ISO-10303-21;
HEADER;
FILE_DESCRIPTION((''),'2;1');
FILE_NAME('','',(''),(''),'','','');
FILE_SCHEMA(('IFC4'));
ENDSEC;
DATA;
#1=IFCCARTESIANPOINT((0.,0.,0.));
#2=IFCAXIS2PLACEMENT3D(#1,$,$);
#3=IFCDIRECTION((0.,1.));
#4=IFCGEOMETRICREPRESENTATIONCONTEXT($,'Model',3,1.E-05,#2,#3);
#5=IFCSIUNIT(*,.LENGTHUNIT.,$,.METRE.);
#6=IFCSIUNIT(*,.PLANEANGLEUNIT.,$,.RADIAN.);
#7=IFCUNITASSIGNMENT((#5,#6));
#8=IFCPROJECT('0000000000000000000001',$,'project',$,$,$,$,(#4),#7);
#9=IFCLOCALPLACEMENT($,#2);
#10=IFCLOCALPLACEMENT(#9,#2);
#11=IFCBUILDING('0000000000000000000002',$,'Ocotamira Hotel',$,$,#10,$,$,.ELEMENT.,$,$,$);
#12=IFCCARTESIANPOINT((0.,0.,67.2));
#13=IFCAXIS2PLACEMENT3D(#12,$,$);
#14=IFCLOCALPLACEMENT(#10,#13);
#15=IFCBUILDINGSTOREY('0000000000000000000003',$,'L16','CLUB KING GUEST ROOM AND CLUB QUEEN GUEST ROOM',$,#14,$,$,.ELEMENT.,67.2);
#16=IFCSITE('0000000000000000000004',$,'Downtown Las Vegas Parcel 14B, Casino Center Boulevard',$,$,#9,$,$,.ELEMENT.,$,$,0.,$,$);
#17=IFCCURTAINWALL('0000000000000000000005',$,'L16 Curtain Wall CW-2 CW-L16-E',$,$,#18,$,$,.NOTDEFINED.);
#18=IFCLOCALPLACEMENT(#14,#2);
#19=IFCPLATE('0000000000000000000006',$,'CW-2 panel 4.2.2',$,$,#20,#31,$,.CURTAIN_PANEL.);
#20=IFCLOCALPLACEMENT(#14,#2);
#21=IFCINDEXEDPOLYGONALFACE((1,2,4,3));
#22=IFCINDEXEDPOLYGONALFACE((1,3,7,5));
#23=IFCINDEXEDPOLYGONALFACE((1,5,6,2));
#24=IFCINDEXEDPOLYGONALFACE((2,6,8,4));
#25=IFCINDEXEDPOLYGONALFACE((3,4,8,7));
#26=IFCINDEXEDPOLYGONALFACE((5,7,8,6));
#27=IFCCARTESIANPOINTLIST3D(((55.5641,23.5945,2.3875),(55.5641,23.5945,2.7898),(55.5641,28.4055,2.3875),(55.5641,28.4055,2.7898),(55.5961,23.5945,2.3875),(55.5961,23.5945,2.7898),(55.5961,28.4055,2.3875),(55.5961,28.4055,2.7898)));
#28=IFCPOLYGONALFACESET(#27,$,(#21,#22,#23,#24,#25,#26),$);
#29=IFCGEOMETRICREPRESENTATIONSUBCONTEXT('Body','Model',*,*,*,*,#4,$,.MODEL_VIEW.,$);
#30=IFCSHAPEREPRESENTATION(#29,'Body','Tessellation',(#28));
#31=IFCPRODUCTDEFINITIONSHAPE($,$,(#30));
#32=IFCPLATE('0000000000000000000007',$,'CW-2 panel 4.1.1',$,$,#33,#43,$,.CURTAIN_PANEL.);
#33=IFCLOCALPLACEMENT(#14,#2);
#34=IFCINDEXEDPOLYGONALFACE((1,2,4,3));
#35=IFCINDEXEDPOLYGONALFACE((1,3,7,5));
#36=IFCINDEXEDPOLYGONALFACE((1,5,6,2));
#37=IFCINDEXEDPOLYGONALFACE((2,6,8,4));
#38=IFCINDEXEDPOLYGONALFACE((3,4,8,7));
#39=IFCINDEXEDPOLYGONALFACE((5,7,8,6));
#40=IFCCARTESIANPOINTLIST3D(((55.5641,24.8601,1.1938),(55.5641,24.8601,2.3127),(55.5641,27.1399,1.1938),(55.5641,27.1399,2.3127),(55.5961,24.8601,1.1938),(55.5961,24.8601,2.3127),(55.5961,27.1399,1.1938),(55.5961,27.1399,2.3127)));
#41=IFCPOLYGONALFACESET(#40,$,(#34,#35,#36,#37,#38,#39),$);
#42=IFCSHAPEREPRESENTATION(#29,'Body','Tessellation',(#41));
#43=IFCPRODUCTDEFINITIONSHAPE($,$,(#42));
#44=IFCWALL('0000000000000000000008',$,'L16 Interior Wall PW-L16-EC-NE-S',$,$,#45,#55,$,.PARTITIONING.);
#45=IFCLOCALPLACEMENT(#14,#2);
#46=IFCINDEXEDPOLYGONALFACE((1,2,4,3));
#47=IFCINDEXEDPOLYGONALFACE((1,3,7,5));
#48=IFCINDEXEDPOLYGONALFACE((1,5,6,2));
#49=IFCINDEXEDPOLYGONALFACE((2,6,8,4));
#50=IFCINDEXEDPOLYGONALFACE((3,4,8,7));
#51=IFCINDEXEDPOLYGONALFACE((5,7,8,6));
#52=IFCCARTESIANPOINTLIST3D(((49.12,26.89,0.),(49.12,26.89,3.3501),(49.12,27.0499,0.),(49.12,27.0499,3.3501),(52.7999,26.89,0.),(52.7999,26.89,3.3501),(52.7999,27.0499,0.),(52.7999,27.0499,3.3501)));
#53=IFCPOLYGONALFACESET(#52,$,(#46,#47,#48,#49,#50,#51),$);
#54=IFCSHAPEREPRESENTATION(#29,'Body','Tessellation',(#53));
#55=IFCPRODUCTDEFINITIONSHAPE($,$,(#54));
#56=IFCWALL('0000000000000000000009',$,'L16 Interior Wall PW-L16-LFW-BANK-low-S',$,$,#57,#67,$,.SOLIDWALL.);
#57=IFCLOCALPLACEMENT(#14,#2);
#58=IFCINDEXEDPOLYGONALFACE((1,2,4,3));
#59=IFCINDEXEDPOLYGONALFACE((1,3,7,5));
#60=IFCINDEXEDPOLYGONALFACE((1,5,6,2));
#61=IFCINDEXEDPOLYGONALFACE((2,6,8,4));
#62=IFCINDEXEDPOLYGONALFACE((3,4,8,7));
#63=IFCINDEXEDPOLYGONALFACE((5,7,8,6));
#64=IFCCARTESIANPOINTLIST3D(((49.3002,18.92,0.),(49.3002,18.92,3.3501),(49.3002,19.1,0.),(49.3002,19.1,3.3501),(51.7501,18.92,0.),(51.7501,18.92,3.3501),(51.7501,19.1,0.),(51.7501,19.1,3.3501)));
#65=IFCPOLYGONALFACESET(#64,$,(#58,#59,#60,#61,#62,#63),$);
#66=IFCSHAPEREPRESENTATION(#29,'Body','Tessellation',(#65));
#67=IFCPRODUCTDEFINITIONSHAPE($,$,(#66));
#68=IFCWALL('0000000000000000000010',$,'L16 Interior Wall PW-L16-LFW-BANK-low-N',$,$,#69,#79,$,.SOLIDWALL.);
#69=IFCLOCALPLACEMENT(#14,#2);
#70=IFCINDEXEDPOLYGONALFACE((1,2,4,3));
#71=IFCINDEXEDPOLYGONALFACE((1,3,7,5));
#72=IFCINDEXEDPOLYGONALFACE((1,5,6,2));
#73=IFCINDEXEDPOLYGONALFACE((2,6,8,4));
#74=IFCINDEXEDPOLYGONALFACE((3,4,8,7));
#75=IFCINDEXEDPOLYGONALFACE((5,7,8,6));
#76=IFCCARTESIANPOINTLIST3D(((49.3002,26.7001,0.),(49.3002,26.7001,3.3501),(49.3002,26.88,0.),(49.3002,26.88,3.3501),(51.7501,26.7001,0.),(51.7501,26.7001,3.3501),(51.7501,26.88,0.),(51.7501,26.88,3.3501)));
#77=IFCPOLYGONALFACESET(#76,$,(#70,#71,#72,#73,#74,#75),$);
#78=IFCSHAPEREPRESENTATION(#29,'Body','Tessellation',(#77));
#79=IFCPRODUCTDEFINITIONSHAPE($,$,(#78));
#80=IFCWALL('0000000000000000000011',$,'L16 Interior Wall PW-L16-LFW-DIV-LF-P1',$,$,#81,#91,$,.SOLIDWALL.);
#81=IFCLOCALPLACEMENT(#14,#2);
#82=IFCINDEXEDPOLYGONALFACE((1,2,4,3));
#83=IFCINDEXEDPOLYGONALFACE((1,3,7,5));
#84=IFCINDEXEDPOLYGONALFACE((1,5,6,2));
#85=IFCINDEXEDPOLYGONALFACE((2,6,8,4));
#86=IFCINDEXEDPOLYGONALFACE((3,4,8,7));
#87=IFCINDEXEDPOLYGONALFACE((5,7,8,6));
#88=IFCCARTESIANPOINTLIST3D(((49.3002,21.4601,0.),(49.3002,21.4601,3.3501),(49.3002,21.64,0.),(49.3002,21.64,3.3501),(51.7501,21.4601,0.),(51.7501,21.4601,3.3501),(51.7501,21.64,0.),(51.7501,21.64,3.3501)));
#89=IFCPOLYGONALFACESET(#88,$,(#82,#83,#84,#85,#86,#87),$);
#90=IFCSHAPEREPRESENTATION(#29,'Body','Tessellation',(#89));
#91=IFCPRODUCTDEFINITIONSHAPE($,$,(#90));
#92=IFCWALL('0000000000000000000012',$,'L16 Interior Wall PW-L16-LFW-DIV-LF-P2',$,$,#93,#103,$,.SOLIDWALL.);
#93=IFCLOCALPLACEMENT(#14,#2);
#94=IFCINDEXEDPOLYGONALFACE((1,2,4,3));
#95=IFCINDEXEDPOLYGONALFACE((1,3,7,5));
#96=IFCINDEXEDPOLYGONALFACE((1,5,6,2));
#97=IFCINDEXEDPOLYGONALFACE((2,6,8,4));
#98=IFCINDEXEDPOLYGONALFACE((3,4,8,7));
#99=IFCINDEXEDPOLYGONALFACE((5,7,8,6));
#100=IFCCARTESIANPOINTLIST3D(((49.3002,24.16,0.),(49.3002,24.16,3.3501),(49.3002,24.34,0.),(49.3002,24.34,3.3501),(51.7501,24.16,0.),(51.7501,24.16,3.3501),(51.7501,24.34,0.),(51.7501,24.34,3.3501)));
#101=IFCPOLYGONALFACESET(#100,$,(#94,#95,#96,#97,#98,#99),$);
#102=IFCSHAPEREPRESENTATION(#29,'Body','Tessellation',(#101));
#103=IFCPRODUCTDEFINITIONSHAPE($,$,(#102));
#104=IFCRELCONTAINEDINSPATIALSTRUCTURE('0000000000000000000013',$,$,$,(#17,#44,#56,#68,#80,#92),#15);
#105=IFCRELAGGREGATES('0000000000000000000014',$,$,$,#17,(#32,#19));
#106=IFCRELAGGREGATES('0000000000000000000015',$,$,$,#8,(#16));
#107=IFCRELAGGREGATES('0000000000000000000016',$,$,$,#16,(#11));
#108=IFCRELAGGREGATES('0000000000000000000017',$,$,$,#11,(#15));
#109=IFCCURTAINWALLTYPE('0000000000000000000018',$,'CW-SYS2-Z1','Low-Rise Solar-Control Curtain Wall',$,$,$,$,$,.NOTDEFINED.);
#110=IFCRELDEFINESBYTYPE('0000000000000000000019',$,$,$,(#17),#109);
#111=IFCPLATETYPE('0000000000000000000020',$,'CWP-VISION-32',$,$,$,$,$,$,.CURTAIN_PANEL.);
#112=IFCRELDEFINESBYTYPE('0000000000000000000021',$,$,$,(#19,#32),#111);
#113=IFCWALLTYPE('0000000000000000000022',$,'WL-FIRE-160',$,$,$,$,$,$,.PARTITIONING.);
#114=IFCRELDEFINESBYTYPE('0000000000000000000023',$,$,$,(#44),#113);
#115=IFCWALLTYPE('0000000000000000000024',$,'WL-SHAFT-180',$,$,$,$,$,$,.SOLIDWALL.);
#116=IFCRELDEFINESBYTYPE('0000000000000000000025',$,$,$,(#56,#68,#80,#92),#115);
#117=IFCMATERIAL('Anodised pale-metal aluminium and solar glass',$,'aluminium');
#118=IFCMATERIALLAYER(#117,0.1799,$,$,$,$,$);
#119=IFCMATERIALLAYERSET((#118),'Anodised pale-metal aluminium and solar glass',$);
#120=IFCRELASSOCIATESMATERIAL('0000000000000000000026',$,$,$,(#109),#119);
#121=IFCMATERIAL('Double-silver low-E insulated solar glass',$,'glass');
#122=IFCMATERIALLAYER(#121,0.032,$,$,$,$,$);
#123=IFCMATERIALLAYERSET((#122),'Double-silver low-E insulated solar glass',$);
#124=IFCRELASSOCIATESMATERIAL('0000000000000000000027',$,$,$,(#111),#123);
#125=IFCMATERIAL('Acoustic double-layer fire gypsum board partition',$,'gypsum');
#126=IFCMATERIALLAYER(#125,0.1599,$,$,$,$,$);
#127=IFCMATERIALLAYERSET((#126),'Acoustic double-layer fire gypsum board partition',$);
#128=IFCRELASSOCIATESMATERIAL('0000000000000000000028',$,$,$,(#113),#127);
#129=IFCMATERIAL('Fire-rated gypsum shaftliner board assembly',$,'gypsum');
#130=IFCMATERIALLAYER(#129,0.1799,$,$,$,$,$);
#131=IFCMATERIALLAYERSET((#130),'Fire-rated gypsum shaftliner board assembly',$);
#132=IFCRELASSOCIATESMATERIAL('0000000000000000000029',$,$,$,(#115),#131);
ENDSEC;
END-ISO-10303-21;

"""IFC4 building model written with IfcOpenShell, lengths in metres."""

from ifc_helpers import new_model, si_unit, direction, frame, frame_2d, origin, origin_2d, place, context, subcontext, project, spatial, rectangle, extrude, source, transform, mapped, material, layer, layer_set, type_object, element, aggregate, save


model = new_model("IFC4")

# Units and contexts
model_context = context("Model", 3, precision=1e-05, world=origin(), true_north=direction((0.0, 1.0)))
body_context = subcontext(model_context, "Body", "Model", "MODEL_VIEW")
ifc_project = project(units=[si_unit("LENGTHUNIT", "METRE"), si_unit("PLANEANGLEUNIT", "RADIAN")], contexts=[model_context])

# Site, building, storey
site_placement = place(None, origin())
site = spatial("IfcSite", under=ifc_project, at=site_placement, Name="Downtown Las Vegas Parcel 14B, Casino Center Boulevard", CompositionType="ELEMENT", RefElevation=0.0)
building_placement = place(site_placement, origin())
building = spatial("IfcBuilding", under=site, at=building_placement, Name="Ocotamira Hotel", CompositionType="ELEMENT")
storey_placement = place(building_placement, frame((0.0, 0.0, 67.2)))
storey = spatial("IfcBuildingStorey", under=building, at=storey_placement, Name="L16", Description="CLUB KING GUEST ROOM AND CLUB QUEEN GUEST ROOM", CompositionType="ELEMENT", Elevation=67.2)

# Curtain wall
ifc_material_1 = material(Name="Anodised pale-metal aluminium and solar glass", Category="aluminium")
ifc_layer_1 = layer(ifc_material_1, 0.1799)
ifc_layer_set_1 = layer_set([ifc_layer_1], Name="Anodised pale-metal aluminium and solar glass")
curtain_wall_type = type_object("IfcCurtainWallType", Name="CW-SYS2-Z1", Description="Low-Rise Solar-Control Curtain Wall", PredefinedType="NOTDEFINED", material=ifc_layer_set_1)
curtain_wall_placement = place(storey_placement, origin())
curtain_wall = element("IfcCurtainWall", 1, at=curtain_wall_placement, inside=storey, type_object=curtain_wall_type, Name="L16 Curtain Wall CW-2 CW-L16-E", PredefinedType="NOTDEFINED")

# Plates
ifc_material_2 = material(Name="Double-silver low-E insulated solar glass", Category="glass")
ifc_layer_2 = layer(ifc_material_2, 0.032)
ifc_layer_set_2 = layer_set([ifc_layer_2], Name="Double-silver low-E insulated solar glass")
plate_type_1 = type_object("IfcPlateType", Name="CWP-VISION-32", PredefinedType="CURTAIN_PANEL", material=ifc_layer_set_2)
shared_shape_1 = source(origin(), body_context, "Body", "SweptSolid", [
    extrude(rectangle(XDim=4.811, YDim=0.032, at=origin_2d()), origin(), (0.0, 0.0, 1.0), 0.4023),
])
plate_1_placement = place(storey_placement, frame((55.5801, 26.0, 2.3875), z_axis=(0.0, 0.0, 1.0), x_axis=(0.0, 1.0, 0.0)))
plate_1 = element("IfcPlate", 2, at=plate_1_placement, type_object=plate_type_1, Name="CW-2 panel 4.2.2", PredefinedType="CURTAIN_PANEL", context=body_context, shape_type="MappedRepresentation", body=[
    mapped(shared_shape_1, transform((0.0, 0.0, 0.0), scale=1.0)),
])
shared_shape_2 = source(origin(), body_context, "Body", "SweptSolid", [
    extrude(rectangle(XDim=2.2798, YDim=0.032, at=origin_2d()), origin(), (0.0, 0.0, 1.0), 1.1189),
])
plate_2_placement = place(storey_placement, frame((55.5801, 26.0, 1.1938), z_axis=(0.0, 0.0, 1.0), x_axis=(0.0, 1.0, 0.0)))
plate_2 = element("IfcPlate", 3, at=plate_2_placement, type_object=plate_type_1, Name="CW-2 panel 4.1.1", PredefinedType="CURTAIN_PANEL", context=body_context, shape_type="MappedRepresentation", body=[
    mapped(shared_shape_2, transform((0.0, 0.0, 0.0), scale=1.0)),
])
aggregate(curtain_wall, [plate_2, plate_1])

# Wall
ifc_material_3 = material(Name="Acoustic double-layer fire gypsum board partition", Category="gypsum")
ifc_layer_3 = layer(ifc_material_3, 0.1599)
ifc_layer_set_3 = layer_set([ifc_layer_3], Name="Acoustic double-layer fire gypsum board partition")
wall_type_1 = type_object("IfcWallType", Name="WL-FIRE-160", PredefinedType="PARTITIONING", material=ifc_layer_set_3)
wall_1_placement = place(storey_placement, frame((49.1201, 26.97, 0.0), z_axis=(0.0, 0.0, 1.0), x_axis=(1.0, 0.0, 0.0)))
element("IfcWall", 4, at=wall_1_placement, inside=storey, type_object=wall_type_1, Name="L16 Interior Wall PW-L16-EC-NE-S", PredefinedType="PARTITIONING", context=body_context, shape_type="SweptSolid", body=[
    extrude(rectangle(XDim=3.6799, YDim=0.1599, at=frame_2d((1.8398, 0.0))), origin(), (0.0, 0.0, 1.0), 3.3501),
])

# Walls
ifc_material_4 = material(Name="Fire-rated gypsum shaftliner board assembly", Category="gypsum")
ifc_layer_4 = layer(ifc_material_4, 0.1799)
ifc_layer_set_4 = layer_set([ifc_layer_4], Name="Fire-rated gypsum shaftliner board assembly")
wall_type_2 = type_object("IfcWallType", Name="WL-SHAFT-180", PredefinedType="SOLIDWALL", material=ifc_layer_set_4)
for number, where, z_axis, x_axis, name in (
    (5, (49.3, 19.01, 0.0), (0.0, 0.0, 1.0), (1.0, 0.0, 0.0), "L16 Interior Wall PW-L16-LFW-BANK-low-S"),
    (6, (49.3, 26.79, 0.0), (0.0, 0.0, 1.0), (1.0, 0.0, 0.0), "L16 Interior Wall PW-L16-LFW-BANK-low-N"),
    (7, (49.3, 21.55, 0.0), (0.0, 0.0, 1.0), (1.0, 0.0, 0.0), "L16 Interior Wall PW-L16-LFW-DIV-LF-P1"),
    (8, (49.3, 24.25, 0.0), (0.0, 0.0, 1.0), (1.0, 0.0, 0.0), "L16 Interior Wall PW-L16-LFW-DIV-LF-P2"),
):
    element("IfcWall", number, at=place(storey_placement, frame(where, z_axis=z_axis, x_axis=x_axis)), inside=storey, type_object=wall_type_2, Name=name, PredefinedType="SOLIDWALL", context=body_context, shape_type="SweptSolid", body=[
        extrude(rectangle(XDim=2.45, YDim=0.1799, at=frame_2d((1.2251, 0.0))), origin(), (0.0, 0.0, 1.0), 3.3501),
    ])

save(model, "model.ifc")
